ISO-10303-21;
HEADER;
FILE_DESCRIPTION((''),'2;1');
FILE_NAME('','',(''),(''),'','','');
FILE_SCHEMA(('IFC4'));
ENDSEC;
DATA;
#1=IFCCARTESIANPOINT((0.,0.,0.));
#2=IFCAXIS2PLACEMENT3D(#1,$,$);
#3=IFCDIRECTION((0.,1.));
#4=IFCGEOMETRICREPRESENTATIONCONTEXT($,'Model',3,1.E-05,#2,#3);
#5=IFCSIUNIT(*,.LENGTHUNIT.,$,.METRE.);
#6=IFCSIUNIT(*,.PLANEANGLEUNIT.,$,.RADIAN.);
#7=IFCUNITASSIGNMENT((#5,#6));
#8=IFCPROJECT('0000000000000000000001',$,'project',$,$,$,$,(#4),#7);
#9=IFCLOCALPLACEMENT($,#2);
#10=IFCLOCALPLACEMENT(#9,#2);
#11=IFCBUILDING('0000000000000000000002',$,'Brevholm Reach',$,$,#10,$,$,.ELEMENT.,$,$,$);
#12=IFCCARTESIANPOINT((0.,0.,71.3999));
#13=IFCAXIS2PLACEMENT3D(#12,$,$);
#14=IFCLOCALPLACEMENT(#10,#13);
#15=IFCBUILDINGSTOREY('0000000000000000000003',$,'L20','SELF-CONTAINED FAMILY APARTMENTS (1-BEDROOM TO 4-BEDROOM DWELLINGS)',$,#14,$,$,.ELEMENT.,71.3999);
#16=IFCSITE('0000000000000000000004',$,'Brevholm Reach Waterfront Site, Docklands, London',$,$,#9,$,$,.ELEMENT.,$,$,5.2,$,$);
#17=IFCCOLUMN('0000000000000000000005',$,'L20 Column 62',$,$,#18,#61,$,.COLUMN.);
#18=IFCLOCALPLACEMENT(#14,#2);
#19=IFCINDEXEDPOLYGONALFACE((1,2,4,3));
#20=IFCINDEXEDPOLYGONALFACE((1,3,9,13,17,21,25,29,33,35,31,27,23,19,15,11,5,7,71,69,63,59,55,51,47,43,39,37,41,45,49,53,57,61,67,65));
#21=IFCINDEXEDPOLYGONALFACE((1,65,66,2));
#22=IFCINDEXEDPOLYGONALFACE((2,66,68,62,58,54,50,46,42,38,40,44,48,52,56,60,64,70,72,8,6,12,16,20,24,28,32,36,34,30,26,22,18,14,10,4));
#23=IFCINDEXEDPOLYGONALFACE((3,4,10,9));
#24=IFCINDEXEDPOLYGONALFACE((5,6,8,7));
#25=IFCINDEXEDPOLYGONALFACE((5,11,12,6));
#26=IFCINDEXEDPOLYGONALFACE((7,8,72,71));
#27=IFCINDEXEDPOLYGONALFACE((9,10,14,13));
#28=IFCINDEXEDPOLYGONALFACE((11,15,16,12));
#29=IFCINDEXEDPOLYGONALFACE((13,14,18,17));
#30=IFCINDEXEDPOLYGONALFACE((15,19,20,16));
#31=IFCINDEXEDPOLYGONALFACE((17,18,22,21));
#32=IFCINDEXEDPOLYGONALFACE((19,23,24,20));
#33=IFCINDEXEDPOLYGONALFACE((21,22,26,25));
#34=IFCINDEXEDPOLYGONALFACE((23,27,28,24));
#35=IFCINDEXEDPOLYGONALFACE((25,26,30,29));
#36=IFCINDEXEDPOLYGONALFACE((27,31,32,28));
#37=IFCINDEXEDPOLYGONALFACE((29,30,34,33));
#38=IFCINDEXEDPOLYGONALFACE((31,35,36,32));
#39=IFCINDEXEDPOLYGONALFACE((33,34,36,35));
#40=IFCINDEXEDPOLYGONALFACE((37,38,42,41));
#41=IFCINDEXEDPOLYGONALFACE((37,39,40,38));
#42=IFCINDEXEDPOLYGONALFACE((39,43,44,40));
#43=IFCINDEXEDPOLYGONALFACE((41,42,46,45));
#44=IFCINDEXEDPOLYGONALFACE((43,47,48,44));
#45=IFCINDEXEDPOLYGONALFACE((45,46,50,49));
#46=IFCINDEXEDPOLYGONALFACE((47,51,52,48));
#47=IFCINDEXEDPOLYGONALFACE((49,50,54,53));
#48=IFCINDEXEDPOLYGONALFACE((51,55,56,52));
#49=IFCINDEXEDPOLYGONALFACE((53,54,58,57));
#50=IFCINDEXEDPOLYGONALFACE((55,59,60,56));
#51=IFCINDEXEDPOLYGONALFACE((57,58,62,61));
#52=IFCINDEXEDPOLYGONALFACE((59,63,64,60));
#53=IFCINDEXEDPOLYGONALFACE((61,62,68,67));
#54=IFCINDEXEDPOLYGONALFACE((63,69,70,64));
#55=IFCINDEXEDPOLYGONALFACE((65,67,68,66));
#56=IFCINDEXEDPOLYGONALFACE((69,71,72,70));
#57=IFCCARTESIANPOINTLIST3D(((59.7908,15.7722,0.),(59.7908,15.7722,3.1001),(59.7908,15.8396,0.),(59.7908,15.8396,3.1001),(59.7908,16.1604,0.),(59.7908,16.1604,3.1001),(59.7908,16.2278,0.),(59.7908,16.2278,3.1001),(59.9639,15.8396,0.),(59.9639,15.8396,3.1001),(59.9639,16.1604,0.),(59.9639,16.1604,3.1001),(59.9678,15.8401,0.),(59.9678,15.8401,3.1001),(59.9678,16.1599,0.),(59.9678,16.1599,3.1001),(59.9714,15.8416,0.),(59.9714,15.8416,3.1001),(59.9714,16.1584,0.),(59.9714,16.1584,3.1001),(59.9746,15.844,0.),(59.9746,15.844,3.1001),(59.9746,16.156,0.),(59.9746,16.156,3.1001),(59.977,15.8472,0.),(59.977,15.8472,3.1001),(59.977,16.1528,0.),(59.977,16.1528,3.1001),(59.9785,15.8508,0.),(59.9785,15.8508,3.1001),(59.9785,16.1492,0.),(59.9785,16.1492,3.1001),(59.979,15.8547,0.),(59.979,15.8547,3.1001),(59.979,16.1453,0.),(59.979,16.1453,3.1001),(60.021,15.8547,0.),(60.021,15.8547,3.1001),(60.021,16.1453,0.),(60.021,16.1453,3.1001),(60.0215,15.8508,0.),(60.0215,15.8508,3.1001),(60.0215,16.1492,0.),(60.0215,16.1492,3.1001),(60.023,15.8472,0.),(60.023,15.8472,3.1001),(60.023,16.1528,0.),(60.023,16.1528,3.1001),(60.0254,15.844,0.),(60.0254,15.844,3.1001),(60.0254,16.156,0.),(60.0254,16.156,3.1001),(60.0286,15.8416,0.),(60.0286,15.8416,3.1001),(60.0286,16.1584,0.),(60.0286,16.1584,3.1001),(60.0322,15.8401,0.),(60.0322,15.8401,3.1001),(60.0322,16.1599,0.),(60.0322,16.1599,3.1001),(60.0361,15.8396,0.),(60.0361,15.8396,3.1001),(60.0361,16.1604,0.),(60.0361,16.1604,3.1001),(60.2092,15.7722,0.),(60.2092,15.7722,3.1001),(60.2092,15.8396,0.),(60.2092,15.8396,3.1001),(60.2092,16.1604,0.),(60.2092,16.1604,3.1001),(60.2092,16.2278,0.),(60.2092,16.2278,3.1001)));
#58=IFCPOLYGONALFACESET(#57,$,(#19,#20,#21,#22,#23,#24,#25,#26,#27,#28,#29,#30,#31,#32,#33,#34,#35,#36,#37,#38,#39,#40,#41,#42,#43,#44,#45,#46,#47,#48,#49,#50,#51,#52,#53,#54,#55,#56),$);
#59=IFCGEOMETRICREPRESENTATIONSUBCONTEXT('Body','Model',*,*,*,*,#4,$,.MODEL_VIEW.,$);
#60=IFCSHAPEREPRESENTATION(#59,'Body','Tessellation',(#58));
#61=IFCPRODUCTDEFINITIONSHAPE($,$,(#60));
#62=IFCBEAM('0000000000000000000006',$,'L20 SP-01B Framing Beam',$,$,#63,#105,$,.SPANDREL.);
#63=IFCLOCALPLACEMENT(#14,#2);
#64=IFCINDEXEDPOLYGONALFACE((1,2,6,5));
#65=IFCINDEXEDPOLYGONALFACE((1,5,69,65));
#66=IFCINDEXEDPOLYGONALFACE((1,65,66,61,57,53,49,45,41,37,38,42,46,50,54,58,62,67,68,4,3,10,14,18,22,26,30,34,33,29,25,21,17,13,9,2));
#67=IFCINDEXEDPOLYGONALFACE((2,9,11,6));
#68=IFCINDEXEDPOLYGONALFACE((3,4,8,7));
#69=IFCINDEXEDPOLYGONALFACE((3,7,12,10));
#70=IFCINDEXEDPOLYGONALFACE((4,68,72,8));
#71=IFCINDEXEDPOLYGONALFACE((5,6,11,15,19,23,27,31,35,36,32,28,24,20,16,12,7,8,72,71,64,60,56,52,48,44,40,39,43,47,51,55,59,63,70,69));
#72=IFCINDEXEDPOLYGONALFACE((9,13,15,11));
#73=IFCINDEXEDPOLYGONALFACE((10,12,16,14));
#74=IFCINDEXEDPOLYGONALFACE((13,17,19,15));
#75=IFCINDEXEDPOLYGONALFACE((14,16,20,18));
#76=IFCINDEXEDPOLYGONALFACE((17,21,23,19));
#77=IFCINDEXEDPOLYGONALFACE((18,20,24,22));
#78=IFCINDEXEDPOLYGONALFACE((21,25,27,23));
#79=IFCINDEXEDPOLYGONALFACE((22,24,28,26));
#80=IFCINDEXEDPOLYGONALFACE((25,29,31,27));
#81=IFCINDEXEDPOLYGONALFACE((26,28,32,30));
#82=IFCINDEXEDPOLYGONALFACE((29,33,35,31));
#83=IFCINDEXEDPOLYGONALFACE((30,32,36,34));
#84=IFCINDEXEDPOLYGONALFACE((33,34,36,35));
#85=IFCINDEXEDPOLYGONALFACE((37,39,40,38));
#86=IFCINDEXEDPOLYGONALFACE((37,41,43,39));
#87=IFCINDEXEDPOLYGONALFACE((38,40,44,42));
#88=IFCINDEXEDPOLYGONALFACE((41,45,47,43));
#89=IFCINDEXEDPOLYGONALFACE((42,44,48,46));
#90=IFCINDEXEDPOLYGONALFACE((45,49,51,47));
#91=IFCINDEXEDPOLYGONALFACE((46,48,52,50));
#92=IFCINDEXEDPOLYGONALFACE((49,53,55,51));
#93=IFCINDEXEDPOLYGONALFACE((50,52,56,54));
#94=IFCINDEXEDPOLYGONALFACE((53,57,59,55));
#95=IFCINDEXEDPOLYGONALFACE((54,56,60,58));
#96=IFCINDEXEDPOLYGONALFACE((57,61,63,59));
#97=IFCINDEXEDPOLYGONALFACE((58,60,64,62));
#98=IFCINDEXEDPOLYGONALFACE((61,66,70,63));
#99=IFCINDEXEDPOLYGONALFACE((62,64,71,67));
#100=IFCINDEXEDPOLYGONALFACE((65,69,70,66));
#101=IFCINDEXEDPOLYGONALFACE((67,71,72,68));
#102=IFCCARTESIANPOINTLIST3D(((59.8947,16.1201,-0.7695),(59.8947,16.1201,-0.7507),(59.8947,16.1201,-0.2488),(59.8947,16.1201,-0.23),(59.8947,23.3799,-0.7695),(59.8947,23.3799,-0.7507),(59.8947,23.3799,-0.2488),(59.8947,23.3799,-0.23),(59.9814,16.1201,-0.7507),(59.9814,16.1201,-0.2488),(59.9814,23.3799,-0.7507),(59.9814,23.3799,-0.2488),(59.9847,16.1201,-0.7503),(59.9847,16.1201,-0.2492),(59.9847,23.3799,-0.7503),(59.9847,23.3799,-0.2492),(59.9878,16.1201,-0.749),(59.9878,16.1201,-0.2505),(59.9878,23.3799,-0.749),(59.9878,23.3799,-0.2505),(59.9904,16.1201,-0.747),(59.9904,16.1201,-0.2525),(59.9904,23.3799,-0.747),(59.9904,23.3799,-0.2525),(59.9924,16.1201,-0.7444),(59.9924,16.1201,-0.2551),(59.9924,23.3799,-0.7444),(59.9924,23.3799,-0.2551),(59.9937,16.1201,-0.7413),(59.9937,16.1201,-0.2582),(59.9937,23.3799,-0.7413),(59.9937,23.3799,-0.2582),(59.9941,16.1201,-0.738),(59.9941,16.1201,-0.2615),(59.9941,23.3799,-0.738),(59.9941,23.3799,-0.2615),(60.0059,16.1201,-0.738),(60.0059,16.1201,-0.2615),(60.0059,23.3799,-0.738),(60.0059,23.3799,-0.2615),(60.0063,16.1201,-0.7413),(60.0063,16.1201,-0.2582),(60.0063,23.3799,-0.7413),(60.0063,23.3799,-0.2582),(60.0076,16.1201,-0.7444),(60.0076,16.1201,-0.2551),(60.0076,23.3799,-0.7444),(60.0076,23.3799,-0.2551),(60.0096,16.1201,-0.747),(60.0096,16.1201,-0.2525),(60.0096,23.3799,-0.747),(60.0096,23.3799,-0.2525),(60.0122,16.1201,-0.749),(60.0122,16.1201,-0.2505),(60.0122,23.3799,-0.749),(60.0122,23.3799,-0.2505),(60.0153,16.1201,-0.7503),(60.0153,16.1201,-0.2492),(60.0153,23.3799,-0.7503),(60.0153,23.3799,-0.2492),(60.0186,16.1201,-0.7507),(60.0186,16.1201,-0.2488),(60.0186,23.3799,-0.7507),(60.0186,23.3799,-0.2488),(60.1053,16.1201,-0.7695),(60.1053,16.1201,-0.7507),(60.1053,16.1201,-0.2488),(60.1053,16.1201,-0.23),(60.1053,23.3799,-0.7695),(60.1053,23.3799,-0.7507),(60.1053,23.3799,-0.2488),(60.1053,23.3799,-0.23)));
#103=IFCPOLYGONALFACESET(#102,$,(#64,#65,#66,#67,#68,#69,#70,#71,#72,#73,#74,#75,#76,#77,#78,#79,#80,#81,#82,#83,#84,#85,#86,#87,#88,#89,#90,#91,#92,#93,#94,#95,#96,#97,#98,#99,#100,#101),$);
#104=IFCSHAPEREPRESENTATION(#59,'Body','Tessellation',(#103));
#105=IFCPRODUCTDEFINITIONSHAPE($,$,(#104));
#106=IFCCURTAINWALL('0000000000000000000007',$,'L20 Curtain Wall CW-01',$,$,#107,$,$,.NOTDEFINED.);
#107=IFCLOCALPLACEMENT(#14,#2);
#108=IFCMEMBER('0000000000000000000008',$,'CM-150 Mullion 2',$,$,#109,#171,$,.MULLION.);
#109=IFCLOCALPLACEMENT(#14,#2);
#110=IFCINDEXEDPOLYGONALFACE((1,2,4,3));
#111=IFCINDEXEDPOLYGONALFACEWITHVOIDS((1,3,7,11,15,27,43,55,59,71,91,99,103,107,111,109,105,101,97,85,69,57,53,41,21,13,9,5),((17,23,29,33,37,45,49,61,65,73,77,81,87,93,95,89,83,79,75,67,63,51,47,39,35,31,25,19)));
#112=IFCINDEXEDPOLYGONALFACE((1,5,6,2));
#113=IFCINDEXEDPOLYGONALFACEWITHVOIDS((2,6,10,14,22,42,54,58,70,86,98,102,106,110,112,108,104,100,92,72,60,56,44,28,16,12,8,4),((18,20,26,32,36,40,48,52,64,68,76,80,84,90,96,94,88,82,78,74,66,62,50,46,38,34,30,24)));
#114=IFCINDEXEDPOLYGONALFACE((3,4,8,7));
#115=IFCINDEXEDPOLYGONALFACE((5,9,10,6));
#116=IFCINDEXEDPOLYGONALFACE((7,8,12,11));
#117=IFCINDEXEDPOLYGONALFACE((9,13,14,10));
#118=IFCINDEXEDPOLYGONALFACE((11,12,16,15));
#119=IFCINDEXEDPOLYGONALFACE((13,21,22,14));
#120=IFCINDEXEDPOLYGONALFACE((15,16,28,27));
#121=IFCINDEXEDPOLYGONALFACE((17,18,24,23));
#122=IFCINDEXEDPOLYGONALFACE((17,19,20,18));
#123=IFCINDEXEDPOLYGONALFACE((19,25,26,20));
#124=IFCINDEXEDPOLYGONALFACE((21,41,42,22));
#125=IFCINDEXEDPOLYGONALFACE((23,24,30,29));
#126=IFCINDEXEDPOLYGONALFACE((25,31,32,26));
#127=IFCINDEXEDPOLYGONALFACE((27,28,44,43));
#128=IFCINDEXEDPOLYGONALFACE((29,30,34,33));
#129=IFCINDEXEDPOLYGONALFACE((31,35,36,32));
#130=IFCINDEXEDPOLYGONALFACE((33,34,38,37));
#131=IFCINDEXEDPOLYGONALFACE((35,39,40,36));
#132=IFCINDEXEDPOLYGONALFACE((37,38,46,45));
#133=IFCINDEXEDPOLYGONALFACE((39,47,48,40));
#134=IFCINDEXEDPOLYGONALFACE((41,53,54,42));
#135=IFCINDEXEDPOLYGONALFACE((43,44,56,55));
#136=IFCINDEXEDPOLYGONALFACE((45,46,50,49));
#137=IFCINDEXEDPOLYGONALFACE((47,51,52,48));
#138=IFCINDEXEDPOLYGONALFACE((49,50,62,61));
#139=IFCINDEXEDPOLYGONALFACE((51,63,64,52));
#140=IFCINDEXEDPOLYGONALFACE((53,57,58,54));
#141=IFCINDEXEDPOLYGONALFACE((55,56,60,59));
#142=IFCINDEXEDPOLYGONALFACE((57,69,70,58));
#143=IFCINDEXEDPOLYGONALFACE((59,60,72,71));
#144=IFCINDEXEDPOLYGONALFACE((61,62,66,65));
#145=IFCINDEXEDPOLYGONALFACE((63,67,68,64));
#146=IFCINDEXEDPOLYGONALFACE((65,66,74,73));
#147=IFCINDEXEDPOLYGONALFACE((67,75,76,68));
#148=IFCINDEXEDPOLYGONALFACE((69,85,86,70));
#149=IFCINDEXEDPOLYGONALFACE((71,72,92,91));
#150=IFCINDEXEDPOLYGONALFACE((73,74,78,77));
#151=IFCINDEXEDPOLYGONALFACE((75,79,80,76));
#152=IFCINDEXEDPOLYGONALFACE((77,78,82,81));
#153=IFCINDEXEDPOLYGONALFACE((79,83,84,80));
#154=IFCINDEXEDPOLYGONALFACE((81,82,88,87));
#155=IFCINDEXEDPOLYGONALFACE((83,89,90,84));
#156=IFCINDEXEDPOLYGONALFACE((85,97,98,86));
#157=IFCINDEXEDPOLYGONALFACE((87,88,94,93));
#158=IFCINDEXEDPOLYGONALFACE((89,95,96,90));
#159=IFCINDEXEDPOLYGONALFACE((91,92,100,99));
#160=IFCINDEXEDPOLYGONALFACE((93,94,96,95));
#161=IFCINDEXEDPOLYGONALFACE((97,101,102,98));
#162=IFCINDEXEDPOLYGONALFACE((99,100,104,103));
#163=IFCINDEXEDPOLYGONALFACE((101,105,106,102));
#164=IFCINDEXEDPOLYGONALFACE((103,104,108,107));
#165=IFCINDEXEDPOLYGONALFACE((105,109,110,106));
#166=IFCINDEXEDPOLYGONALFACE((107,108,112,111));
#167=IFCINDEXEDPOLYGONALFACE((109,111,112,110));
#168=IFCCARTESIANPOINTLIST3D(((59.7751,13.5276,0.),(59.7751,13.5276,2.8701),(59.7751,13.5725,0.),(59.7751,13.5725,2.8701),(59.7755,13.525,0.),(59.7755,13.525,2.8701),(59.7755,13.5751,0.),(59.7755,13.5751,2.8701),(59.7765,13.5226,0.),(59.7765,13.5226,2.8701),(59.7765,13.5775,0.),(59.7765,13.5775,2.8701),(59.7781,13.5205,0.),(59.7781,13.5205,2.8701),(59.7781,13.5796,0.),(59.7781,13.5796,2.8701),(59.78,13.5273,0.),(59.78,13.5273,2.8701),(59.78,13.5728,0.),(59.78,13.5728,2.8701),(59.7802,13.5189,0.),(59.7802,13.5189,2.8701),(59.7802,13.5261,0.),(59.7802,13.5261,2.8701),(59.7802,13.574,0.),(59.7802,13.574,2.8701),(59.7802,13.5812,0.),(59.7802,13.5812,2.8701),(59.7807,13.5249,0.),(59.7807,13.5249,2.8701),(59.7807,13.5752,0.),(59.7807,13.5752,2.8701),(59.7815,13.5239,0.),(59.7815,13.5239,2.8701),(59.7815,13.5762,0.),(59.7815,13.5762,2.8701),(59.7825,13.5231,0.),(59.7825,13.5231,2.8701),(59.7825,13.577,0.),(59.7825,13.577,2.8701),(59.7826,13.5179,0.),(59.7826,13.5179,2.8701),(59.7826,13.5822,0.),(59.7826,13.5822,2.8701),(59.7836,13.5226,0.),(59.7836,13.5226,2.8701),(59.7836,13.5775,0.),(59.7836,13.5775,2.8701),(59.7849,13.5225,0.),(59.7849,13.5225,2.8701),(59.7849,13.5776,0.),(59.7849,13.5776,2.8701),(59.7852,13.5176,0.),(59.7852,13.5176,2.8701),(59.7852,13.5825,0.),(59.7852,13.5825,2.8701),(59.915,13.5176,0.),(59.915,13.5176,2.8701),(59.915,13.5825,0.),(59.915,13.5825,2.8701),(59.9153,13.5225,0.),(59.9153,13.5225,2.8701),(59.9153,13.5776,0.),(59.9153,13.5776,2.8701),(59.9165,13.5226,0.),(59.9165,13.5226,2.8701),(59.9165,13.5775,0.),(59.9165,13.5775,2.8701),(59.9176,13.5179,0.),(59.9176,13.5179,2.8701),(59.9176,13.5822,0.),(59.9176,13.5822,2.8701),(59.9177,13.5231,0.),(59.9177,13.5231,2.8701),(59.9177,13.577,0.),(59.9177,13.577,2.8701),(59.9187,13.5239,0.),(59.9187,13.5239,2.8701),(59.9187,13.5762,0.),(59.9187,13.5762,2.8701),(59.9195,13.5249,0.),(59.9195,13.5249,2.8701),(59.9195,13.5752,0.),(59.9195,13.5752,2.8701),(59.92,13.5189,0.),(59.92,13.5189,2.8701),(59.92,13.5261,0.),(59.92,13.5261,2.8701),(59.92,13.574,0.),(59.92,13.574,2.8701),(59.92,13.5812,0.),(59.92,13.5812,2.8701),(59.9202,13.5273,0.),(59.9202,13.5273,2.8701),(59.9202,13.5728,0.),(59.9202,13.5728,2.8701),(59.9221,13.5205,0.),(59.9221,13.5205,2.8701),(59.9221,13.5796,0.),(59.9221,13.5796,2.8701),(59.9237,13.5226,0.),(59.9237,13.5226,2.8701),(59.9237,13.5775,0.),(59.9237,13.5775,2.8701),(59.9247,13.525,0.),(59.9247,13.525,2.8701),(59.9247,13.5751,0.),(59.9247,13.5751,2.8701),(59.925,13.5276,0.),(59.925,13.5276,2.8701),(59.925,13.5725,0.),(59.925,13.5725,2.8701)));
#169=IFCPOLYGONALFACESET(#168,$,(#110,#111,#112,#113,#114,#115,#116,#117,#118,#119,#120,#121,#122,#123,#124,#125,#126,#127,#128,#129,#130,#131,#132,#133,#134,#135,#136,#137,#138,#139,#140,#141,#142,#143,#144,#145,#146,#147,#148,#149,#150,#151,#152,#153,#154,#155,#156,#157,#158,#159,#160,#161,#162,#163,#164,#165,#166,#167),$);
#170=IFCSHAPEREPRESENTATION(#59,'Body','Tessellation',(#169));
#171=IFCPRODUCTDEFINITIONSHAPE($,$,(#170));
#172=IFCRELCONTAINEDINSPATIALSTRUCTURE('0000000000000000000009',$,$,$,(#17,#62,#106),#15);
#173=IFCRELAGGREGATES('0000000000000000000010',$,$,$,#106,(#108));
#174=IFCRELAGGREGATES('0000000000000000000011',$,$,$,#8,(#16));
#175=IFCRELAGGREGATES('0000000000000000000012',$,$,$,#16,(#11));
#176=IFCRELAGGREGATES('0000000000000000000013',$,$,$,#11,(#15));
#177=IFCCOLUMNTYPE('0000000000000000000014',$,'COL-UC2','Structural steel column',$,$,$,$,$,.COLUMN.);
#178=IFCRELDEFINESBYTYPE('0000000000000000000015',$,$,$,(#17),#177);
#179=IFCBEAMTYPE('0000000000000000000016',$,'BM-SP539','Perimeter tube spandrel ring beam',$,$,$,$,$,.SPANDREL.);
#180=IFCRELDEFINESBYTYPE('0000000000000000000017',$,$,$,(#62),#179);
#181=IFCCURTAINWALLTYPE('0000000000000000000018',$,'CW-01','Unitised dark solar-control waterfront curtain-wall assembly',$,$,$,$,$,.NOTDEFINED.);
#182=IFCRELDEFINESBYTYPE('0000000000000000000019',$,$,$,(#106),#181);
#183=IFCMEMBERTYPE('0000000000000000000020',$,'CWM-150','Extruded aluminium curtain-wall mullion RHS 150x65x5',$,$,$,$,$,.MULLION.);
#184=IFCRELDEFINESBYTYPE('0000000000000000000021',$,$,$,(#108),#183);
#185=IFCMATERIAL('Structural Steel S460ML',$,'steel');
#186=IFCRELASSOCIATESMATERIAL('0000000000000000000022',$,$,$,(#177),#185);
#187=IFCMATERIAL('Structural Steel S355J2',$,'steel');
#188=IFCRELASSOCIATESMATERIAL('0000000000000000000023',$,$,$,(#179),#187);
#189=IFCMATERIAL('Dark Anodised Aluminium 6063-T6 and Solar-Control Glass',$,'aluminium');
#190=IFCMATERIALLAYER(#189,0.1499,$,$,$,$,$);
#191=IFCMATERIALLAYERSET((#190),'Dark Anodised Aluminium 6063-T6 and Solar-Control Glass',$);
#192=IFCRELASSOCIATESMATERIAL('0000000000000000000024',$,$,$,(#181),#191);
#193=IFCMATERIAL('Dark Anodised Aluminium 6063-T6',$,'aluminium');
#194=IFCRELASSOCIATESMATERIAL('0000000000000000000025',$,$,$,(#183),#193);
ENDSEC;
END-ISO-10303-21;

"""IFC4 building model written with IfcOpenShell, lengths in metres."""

from ifc_helpers import new_model, si_unit, direction, frame, origin, origin_2d, place, context, subcontext, project, spatial, hollow_rectangle, i_section, extrude, material, layer, layer_set, material_profile, profile_set, type_object, element, aggregate, save


model = new_model("IFC4")

# Units and contexts
model_context = context("Model", 3, precision=1e-05, world=origin(), true_north=direction((0.0, 1.0)))
body_context = subcontext(model_context, "Body", "Model", "MODEL_VIEW")
ifc_project = project(units=[si_unit("LENGTHUNIT", "METRE"), si_unit("PLANEANGLEUNIT", "RADIAN")], contexts=[model_context])

# Site, building, storey
site_placement = place(None, origin())
site = spatial("IfcSite", under=ifc_project, at=site_placement, Name="Brevholm Reach Waterfront Site, Docklands, London", CompositionType="ELEMENT", RefElevation=5.2)
building_placement = place(site_placement, origin())
building = spatial("IfcBuilding", under=site, at=building_placement, Name="Brevholm Reach", CompositionType="ELEMENT")
storey_placement = place(building_placement, frame((0.0, 0.0, 71.3999)))
storey = spatial("IfcBuildingStorey", under=building, at=storey_placement, Name="L20", Description="SELF-CONTAINED FAMILY APARTMENTS (1-BEDROOM TO 4-BEDROOM DWELLINGS)", CompositionType="ELEMENT", Elevation=71.3999)

# Column
ifc_material_1 = material(Name="Structural Steel S460ML", Category="steel")
ifc_material_profile_1 = material_profile(ifc_material_1, i_section(OverallWidth=0.4185, OverallDepth=0.4556, WebThickness=0.042, FlangeThickness=0.0674, FilletRadius=0.0151, at=origin_2d()), Name="UKC 356x406x551")
ifc_profile_set_1 = profile_set([ifc_material_profile_1], Name="Structural Steel S460ML")
column_type = type_object("IfcColumnType", Name="COL-UC2", Description="Structural steel column", PredefinedType="COLUMN", material=ifc_profile_set_1)
column_placement = place(storey_placement, frame((60.0, 16.0, 0.0), z_axis=(0.0, 0.0, 1.0), x_axis=(1.0, 0.0, 0.0)))
element("IfcColumn", 1, at=column_placement, inside=storey, type_object=column_type, Name="L20 Column 62", PredefinedType="COLUMN", context=body_context, shape_type="SweptSolid", body=[
    extrude(i_section(OverallWidth=0.4185, OverallDepth=0.4556, WebThickness=0.042, FlangeThickness=0.0674, FilletRadius=0.0151, at=origin_2d()), origin(), (0.0, 0.0, 1.0), 3.1001),
])

# Beam
ifc_material_2 = material(Name="Structural Steel S355J2", Category="steel")
ifc_material_profile_2 = material_profile(ifc_material_2, i_section(OverallWidth=0.2107, OverallDepth=0.5396, WebThickness=0.0117, FlangeThickness=0.0188, FilletRadius=0.0127, at=origin_2d()), Name="UKB 533x210x109")
ifc_profile_set_2 = profile_set([ifc_material_profile_2], Name="Structural Steel S355J2")
beam_type = type_object("IfcBeamType", Name="BM-SP539", Description="Perimeter tube spandrel ring beam", PredefinedType="SPANDREL", material=ifc_profile_set_2)
beam_placement = place(storey_placement, frame((60.0, 16.1201, -0.4998), z_axis=(0.0, 1.0, 0.0), x_axis=(-1.0, 0.0, 0.0)))
element("IfcBeam", 2, at=beam_placement, inside=storey, type_object=beam_type, Name="L20 SP-01B Framing Beam", PredefinedType="SPANDREL", context=body_context, shape_type="SweptSolid", body=[
    extrude(i_section(OverallWidth=0.2107, OverallDepth=0.5396, WebThickness=0.0117, FlangeThickness=0.0188, FilletRadius=0.0127, at=origin_2d()), origin(), (0.0, 0.0, 1.0), 7.2598),
])

# Curtain wall, member
ifc_material_3 = material(Name="Dark Anodised Aluminium 6063-T6 and Solar-Control Glass", Category="aluminium")
ifc_layer_1 = layer(ifc_material_3, 0.1499)
ifc_layer_set_1 = layer_set([ifc_layer_1], Name="Dark Anodised Aluminium 6063-T6 and Solar-Control Glass")
curtain_wall_type = type_object("IfcCurtainWallType", Name="CW-01", Description="Unitised dark solar-control waterfront curtain-wall assembly", PredefinedType="NOTDEFINED", material=ifc_layer_set_1)
curtain_wall_placement = place(storey_placement, origin())
curtain_wall = element("IfcCurtainWall", 3, at=curtain_wall_placement, inside=storey, type_object=curtain_wall_type, Name="L20 Curtain Wall CW-01", PredefinedType="NOTDEFINED")
ifc_material_4 = material(Name="Dark Anodised Aluminium 6063-T6", Category="aluminium")
ifc_material_profile_3 = material_profile(ifc_material_4, hollow_rectangle(XDim=0.0649, YDim=0.1499, WallThickness=0.0049, InnerFilletRadius=0.0049, OuterFilletRadius=0.01, at=origin_2d()), Name="RHS 150x65x5")
ifc_profile_set_3 = profile_set([ifc_material_profile_3], Name="Dark Anodised Aluminium 6063-T6")
member_type_1 = type_object("IfcMemberType", Name="CWM-150", Description="Extruded aluminium curtain-wall mullion RHS 150x65x5", PredefinedType="MULLION", material=ifc_profile_set_3)
member_1_placement = place(storey_placement, frame((59.8501, 13.55, 0.0), z_axis=(0.0, 0.0, 1.0), x_axis=(0.0, 1.0, 0.0)))
member_1 = element("IfcMember", 4, at=member_1_placement, type_object=member_type_1, Name="CM-150 Mullion 2", PredefinedType="MULLION", context=body_context, shape_type="SweptSolid", body=[
    extrude(hollow_rectangle(XDim=0.0649, YDim=0.1499, WallThickness=0.0049, InnerFilletRadius=0.0049, OuterFilletRadius=0.01, at=origin_2d()), origin(), (0.0, 0.0, 1.0), 2.8701),
])
aggregate(curtain_wall, [member_1])

save(model, "model.ifc")
